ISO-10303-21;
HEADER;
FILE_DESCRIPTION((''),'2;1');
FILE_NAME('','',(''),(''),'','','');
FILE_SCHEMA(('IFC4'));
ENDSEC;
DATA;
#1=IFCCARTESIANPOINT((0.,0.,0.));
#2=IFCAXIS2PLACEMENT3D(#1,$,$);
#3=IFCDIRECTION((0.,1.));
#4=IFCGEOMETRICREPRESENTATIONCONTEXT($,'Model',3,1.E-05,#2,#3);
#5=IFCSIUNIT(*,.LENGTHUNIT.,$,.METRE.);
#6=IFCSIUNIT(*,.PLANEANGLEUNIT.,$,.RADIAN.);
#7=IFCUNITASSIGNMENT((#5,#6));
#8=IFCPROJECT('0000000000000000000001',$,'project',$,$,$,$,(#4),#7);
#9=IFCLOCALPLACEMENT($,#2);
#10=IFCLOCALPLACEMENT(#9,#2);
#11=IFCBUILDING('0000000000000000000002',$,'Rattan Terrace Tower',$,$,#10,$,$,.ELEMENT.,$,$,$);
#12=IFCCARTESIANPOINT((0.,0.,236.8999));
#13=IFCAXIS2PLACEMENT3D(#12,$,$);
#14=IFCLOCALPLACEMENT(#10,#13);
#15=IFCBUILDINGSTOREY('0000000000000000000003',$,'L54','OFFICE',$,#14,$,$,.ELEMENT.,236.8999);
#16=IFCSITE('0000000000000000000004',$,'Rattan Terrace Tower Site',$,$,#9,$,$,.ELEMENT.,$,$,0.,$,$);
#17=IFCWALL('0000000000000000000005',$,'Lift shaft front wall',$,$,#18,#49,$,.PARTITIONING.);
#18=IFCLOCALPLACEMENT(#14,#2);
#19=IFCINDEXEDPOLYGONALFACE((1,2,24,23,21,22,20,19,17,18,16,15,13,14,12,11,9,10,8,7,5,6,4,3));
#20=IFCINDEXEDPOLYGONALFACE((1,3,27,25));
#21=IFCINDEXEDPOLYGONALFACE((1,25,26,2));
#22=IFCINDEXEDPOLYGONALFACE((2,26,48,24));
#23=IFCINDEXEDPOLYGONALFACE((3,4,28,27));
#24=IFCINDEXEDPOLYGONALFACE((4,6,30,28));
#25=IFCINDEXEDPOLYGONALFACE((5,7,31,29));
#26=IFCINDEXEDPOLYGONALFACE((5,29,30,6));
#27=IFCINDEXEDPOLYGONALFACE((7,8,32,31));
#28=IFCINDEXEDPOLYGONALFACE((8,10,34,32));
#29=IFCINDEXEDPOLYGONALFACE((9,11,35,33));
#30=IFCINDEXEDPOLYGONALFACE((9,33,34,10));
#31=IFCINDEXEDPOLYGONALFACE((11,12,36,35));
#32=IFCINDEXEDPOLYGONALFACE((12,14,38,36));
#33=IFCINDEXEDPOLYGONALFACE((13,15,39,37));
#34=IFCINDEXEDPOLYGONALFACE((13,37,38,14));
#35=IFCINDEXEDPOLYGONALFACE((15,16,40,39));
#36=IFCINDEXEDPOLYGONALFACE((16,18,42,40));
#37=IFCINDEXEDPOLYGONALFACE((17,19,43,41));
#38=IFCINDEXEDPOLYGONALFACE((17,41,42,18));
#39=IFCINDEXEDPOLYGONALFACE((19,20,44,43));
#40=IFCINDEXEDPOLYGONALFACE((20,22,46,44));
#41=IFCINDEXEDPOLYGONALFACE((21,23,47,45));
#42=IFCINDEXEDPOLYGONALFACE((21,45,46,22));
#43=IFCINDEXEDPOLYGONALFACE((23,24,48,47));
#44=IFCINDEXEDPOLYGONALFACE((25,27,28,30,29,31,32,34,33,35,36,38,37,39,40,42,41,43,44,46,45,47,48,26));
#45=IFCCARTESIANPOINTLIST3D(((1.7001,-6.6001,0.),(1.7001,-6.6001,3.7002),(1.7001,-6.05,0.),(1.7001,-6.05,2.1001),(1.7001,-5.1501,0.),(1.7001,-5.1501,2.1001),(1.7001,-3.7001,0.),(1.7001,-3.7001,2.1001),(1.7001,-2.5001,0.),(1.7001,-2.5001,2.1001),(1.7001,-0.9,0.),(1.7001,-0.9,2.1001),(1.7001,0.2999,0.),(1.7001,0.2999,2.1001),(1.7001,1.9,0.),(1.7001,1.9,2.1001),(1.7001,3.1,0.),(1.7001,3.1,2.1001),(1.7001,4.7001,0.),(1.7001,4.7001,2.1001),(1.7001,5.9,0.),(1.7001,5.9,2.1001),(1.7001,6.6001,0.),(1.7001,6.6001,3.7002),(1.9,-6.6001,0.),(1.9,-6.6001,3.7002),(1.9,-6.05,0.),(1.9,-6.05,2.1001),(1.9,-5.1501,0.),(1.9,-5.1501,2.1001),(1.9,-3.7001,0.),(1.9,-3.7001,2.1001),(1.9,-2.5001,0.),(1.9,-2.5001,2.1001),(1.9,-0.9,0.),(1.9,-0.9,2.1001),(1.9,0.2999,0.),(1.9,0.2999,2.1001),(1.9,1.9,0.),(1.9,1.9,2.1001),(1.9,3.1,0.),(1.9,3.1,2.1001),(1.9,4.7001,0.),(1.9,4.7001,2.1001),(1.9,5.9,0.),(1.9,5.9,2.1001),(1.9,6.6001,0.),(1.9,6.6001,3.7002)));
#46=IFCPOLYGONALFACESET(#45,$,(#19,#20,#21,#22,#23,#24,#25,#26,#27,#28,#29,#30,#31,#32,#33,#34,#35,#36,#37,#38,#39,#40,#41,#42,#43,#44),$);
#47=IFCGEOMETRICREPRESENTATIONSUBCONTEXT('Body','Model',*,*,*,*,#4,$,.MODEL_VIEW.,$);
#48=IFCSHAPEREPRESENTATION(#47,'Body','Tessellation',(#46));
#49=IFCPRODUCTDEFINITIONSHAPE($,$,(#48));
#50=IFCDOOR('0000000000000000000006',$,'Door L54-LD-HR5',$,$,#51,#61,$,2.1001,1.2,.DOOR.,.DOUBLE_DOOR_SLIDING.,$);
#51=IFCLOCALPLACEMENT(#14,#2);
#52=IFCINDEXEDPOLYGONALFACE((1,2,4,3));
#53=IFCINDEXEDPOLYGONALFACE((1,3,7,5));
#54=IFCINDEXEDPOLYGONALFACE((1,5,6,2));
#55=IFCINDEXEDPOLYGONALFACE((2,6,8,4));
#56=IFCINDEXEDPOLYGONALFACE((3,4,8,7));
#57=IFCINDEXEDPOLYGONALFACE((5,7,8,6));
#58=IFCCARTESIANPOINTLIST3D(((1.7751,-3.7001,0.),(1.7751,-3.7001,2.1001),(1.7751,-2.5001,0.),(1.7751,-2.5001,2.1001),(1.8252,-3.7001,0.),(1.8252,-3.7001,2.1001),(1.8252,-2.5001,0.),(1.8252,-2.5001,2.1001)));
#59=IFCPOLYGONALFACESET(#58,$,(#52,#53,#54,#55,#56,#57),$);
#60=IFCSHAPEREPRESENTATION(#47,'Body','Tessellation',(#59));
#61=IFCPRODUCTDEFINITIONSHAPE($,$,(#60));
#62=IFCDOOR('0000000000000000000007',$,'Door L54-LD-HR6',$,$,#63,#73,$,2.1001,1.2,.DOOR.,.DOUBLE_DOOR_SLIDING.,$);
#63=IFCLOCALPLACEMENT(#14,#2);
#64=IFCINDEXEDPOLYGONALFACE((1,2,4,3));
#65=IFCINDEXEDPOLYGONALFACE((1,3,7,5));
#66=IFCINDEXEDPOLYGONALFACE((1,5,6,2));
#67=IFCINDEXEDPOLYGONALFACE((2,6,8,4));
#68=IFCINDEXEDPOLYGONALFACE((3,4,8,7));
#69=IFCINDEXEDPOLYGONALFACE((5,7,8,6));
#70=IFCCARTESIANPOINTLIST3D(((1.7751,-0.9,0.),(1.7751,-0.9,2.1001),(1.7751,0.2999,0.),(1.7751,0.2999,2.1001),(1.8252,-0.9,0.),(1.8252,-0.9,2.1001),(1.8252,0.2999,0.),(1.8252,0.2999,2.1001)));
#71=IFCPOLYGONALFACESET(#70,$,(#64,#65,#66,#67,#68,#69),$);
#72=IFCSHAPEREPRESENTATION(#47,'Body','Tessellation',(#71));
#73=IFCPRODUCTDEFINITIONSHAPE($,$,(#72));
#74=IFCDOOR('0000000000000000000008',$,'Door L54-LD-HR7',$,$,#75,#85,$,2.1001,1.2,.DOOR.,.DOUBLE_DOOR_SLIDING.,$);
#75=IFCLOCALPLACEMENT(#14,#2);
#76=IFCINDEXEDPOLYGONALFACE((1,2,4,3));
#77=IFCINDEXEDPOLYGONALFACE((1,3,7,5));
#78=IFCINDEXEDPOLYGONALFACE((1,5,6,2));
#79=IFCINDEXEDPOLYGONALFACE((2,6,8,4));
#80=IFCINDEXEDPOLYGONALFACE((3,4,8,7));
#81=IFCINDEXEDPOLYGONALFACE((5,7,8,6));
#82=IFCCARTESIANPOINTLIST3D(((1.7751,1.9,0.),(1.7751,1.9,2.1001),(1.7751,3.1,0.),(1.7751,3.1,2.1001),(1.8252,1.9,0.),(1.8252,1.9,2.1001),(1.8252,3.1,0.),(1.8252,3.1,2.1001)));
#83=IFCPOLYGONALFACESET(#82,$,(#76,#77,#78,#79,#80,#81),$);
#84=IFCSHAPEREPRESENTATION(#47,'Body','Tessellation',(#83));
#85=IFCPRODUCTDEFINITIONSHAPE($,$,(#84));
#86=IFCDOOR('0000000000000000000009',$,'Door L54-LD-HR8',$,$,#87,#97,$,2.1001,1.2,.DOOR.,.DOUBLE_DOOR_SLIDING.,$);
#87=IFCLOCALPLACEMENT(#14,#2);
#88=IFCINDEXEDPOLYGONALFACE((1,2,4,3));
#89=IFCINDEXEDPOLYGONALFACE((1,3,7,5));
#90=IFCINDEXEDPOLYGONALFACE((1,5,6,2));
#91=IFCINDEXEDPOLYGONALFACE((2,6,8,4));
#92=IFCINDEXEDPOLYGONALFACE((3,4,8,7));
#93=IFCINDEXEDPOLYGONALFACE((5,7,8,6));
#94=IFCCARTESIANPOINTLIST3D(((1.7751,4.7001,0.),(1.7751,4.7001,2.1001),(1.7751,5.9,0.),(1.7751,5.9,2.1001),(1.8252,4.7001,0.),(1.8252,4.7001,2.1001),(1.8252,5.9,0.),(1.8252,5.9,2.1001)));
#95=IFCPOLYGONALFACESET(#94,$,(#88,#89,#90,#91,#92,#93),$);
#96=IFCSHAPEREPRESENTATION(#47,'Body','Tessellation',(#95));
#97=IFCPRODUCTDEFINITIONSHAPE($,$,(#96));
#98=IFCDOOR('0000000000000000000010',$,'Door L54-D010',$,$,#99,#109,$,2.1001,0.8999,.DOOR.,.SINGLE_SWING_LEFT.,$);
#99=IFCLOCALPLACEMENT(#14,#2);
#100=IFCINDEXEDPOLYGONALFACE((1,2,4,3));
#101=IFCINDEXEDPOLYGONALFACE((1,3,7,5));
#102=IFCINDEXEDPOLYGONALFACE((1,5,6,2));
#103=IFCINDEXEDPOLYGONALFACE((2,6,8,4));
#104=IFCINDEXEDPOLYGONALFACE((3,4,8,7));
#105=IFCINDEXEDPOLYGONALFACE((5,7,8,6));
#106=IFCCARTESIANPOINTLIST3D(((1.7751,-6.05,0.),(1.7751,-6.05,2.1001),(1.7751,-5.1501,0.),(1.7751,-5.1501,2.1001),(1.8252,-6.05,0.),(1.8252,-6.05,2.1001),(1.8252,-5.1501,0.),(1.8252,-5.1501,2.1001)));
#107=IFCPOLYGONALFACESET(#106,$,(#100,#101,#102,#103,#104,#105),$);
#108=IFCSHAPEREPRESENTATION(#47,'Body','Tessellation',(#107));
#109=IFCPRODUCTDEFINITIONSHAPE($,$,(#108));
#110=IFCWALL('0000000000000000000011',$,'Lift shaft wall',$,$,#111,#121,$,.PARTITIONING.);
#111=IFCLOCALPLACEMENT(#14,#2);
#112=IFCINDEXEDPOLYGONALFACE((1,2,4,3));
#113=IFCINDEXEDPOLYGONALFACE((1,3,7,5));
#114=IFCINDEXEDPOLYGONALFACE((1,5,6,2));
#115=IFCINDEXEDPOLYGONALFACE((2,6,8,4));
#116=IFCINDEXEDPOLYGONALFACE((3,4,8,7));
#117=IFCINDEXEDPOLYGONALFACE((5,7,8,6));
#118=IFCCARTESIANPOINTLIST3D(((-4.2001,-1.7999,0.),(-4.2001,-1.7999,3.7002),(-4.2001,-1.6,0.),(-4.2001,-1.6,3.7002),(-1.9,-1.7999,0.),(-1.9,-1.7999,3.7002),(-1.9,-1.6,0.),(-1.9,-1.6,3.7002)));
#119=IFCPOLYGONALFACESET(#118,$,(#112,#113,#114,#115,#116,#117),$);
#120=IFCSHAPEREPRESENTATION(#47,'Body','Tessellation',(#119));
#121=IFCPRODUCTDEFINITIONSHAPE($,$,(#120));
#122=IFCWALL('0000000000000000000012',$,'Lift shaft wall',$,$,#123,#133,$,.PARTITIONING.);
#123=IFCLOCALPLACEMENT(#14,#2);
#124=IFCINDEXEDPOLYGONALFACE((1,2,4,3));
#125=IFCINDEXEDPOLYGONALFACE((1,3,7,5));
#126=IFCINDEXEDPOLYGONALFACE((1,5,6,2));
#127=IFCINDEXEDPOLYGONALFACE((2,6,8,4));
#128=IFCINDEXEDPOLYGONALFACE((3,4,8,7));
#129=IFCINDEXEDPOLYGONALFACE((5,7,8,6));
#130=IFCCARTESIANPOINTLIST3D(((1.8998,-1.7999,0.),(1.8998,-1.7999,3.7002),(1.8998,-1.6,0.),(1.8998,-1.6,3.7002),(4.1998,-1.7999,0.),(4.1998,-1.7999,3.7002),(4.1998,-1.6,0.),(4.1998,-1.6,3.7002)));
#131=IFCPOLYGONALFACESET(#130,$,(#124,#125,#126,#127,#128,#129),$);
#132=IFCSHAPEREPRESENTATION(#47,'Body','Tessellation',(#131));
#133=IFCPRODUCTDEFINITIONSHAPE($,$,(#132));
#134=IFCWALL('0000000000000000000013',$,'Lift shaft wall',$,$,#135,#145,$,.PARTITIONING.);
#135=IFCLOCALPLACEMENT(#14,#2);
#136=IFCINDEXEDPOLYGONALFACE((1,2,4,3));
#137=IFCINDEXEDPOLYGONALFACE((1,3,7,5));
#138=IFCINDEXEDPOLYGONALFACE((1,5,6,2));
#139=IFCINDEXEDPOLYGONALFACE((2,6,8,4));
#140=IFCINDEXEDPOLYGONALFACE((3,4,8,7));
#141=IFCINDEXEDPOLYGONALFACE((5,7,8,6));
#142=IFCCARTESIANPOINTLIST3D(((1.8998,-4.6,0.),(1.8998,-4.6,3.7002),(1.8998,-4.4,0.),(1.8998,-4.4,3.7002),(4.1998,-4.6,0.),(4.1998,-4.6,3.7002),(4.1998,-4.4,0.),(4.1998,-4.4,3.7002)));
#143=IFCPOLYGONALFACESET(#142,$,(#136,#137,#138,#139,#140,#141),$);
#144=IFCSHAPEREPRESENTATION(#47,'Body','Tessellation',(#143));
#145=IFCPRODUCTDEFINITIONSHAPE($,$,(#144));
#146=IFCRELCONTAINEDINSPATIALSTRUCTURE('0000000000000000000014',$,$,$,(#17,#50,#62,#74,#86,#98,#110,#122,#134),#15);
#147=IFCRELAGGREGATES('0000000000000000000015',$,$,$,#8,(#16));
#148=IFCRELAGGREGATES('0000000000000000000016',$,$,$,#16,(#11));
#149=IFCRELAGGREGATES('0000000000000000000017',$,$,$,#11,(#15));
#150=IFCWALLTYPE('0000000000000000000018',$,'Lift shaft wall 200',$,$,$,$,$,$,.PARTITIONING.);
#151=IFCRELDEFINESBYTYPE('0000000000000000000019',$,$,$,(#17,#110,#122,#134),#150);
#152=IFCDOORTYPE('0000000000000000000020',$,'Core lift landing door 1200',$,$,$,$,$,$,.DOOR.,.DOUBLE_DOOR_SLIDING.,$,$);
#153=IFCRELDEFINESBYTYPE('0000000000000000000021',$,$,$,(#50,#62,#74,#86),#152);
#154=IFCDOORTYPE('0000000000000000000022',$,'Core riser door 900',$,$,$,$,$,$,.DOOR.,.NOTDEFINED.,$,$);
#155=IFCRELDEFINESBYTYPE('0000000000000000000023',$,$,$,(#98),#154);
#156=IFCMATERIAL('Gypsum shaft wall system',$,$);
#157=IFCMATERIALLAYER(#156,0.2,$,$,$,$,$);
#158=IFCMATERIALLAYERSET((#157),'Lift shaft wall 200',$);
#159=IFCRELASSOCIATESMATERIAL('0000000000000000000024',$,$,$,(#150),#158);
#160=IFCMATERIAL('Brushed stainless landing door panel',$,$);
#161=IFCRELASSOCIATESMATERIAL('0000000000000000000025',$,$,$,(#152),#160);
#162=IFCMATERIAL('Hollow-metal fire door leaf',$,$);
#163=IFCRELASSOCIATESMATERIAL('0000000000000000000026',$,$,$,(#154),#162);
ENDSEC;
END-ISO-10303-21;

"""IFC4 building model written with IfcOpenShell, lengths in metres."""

from ifc_helpers import new_model, si_unit, direction, frame, frame_2d, origin, place, context, subcontext, project, spatial, rectangle, extrude, material, layer, layer_set, type_object, element, fill, save


model = new_model("IFC4")

# Units and contexts
model_context = context("Model", 3, precision=1e-05, world=origin(), true_north=direction((0.0, 1.0)))
body_context = subcontext(model_context, "Body", "Model", "MODEL_VIEW")
ifc_project = project(units=[si_unit("LENGTHUNIT", "METRE"), si_unit("PLANEANGLEUNIT", "RADIAN")], contexts=[model_context])

# Site, building, storey
site_placement = place(None, origin())
site = spatial("IfcSite", under=ifc_project, at=site_placement, Name="Rattan Terrace Tower Site", CompositionType="ELEMENT", RefElevation=0.0)
building_placement = place(site_placement, origin())
building = spatial("IfcBuilding", under=site, at=building_placement, Name="Rattan Terrace Tower", CompositionType="ELEMENT")
storey_placement = place(building_placement, frame((0.0, 0.0, 236.8999)))
storey = spatial("IfcBuildingStorey", under=building, at=storey_placement, Name="L54", Description="OFFICE", CompositionType="ELEMENT", Elevation=236.8999)

# Wall, openings, doors
ifc_material_1 = material(Name="Gypsum shaft wall system")
ifc_layer_1 = layer(ifc_material_1, 0.2)
ifc_layer_set_1 = layer_set([ifc_layer_1], Name="Lift shaft wall 200")
wall_type_1 = type_object("IfcWallType", Name="Lift shaft wall 200", PredefinedType="PARTITIONING", material=ifc_layer_set_1)
ifc_material_2 = material(Name="Brushed stainless landing door panel")
door_type_1 = type_object("IfcDoorType", Name="Core lift landing door 1200", OperationType="DOUBLE_DOOR_SLIDING", PredefinedType="DOOR", material=ifc_material_2)
ifc_material_3 = material(Name="Hollow-metal fire door leaf")
door_type_2 = type_object("IfcDoorType", Name="Core riser door 900", OperationType="NOTDEFINED", PredefinedType="DOOR", material=ifc_material_3)
wall_1_placement = place(storey_placement, frame((1.8, -6.6001, 0.0), z_axis=(0.0, 0.0, 1.0), x_axis=(0.0, 1.0, 0.0)))
wall_1 = element("IfcWall", 1, at=wall_1_placement, inside=storey, type_object=wall_type_1, Name="Lift shaft front wall", PredefinedType="PARTITIONING", context=body_context, shape_type="SweptSolid", body=[
    extrude(rectangle(XDim=13.2002, YDim=0.2, at=frame_2d((6.6001, 0.0))), origin(), (0.0, 0.0, 1.0), 3.7002),
])
opening_1_placement = place(wall_1_placement, frame((0.55, 0.0, 0.0)))
opening_1 = element("IfcOpeningElement", 2, at=opening_1_placement, cuts=wall_1, PredefinedType="OPENING", context=body_context, shape_type="SweptSolid", body=[
    extrude(rectangle(XDim=0.8999, YDim=2.1001, at=frame_2d((0.45, 1.05))), frame((0.0, 0.1106, 0.0), z_axis=(0.0, -1.0, 0.0), x_axis=(1.0, 0.0, 0.0)), (0.0, 0.0, 1.0), 0.2209),
])
opening_2_placement = place(wall_1_placement, frame((2.8999, 0.0, 0.0)))
opening_2 = element("IfcOpeningElement", 3, at=opening_2_placement, cuts=wall_1, PredefinedType="OPENING", context=body_context, shape_type="SweptSolid", body=[
    extrude(rectangle(XDim=1.2, YDim=2.1001, at=frame_2d((0.6001, 1.05))), frame((0.0, 0.1106, 0.0), z_axis=(0.0, -1.0, 0.0), x_axis=(1.0, 0.0, 0.0)), (0.0, 0.0, 1.0), 0.2209),
])
opening_3_placement = place(wall_1_placement, frame((5.7, 0.0, 0.0)))
opening_3 = element("IfcOpeningElement", 4, at=opening_3_placement, cuts=wall_1, PredefinedType="OPENING", context=body_context, shape_type="SweptSolid", body=[
    extrude(rectangle(XDim=1.2, YDim=2.1001, at=frame_2d((0.6001, 1.05))), frame((0.0, 0.1106, 0.0), z_axis=(0.0, -1.0, 0.0), x_axis=(1.0, 0.0, 0.0)), (0.0, 0.0, 1.0), 0.2209),
])
opening_4_placement = place(wall_1_placement, frame((8.5, 0.0, 0.0)))
opening_4 = element("IfcOpeningElement", 5, at=opening_4_placement, cuts=wall_1, PredefinedType="OPENING", context=body_context, shape_type="SweptSolid", body=[
    extrude(rectangle(XDim=1.2, YDim=2.1001, at=frame_2d((0.6001, 1.05))), frame((0.0, 0.1106, 0.0), z_axis=(0.0, -1.0, 0.0), x_axis=(1.0, 0.0, 0.0)), (0.0, 0.0, 1.0), 0.2209),
])
opening_5_placement = place(wall_1_placement, frame((11.3, 0.0, 0.0)))
opening_5 = element("IfcOpeningElement", 6, at=opening_5_placement, cuts=wall_1, PredefinedType="OPENING", context=body_context, shape_type="SweptSolid", body=[
    extrude(rectangle(XDim=1.2, YDim=2.1001, at=frame_2d((0.6001, 1.05))), frame((0.0, 0.1106, 0.0), z_axis=(0.0, -1.0, 0.0), x_axis=(1.0, 0.0, 0.0)), (0.0, 0.0, 1.0), 0.2209),
])
door_1_placement = place(opening_2_placement, origin())
door_1 = element("IfcDoor", 7, at=door_1_placement, inside=storey, type_object=door_type_1, Name="Door L54-LD-HR5", OperationType="DOUBLE_DOOR_SLIDING", OverallHeight=2.1001, OverallWidth=1.2, PredefinedType="DOOR", context=body_context, shape_type="SweptSolid", body=[
    extrude(rectangle(XDim=1.2, YDim=2.1001, at=frame_2d((0.6001, 1.05))), frame((0.0, 0.0249, 0.0), z_axis=(0.0, -1.0, 0.0), x_axis=(1.0, 0.0, 0.0)), (0.0, 0.0, 1.0), 0.05),
])
fill(opening_2, door_1)
door_2_placement = place(opening_3_placement, origin())
door_2 = element("IfcDoor", 8, at=door_2_placement, inside=storey, type_object=door_type_1, Name="Door L54-LD-HR6", OperationType="DOUBLE_DOOR_SLIDING", OverallHeight=2.1001, OverallWidth=1.2, PredefinedType="DOOR", context=body_context, shape_type="SweptSolid", body=[
    extrude(rectangle(XDim=1.2, YDim=2.1001, at=frame_2d((0.6001, 1.05))), frame((0.0, 0.0249, 0.0), z_axis=(0.0, -1.0, 0.0), x_axis=(1.0, 0.0, 0.0)), (0.0, 0.0, 1.0), 0.05),
])
fill(opening_3, door_2)
door_3_placement = place(opening_4_placement, origin())
door_3 = element("IfcDoor", 9, at=door_3_placement, inside=storey, type_object=door_type_1, Name="Door L54-LD-HR7", OperationType="DOUBLE_DOOR_SLIDING", OverallHeight=2.1001, OverallWidth=1.2, PredefinedType="DOOR", context=body_context, shape_type="SweptSolid", body=[
    extrude(rectangle(XDim=1.2, YDim=2.1001, at=frame_2d((0.6001, 1.05))), frame((0.0, 0.0249, 0.0), z_axis=(0.0, -1.0, 0.0), x_axis=(1.0, 0.0, 0.0)), (0.0, 0.0, 1.0), 0.05),
])
fill(opening_4, door_3)
door_4_placement = place(opening_5_placement, origin())
door_4 = element("IfcDoor", 10, at=door_4_placement, inside=storey, type_object=door_type_1, Name="Door L54-LD-HR8", OperationType="DOUBLE_DOOR_SLIDING", OverallHeight=2.1001, OverallWidth=1.2, PredefinedType="DOOR", context=body_context, shape_type="SweptSolid", body=[
    extrude(rectangle(XDim=1.2, YDim=2.1001, at=frame_2d((0.6001, 1.05))), frame((0.0, 0.0249, 0.0), z_axis=(0.0, -1.0, 0.0), x_axis=(1.0, 0.0, 0.0)), (0.0, 0.0, 1.0), 0.05),
])
fill(opening_5, door_4)
door_5_placement = place(opening_1_placement, origin())
door_5 = element("IfcDoor", 11, at=door_5_placement, inside=storey, type_object=door_type_2, Name="Door L54-D010", OperationType="SINGLE_SWING_LEFT", OverallHeight=2.1001, OverallWidth=0.8999, PredefinedType="DOOR", context=body_context, shape_type="SweptSolid", body=[
    extrude(rectangle(XDim=0.8999, YDim=2.1001, at=frame_2d((0.45, 1.05))), frame((0.0, 0.0249, 0.0), z_axis=(0.0, -1.0, 0.0), x_axis=(1.0, 0.0, 0.0)), (0.0, 0.0, 1.0), 0.05),
])
fill(opening_1, door_5)

# Walls
for number, where, z_axis, x_axis, name in (
    (12, (-4.2, -1.7, 0.0), (0.0, 0.0, 1.0), (1.0, 0.0, 0.0), "Lift shaft wall"),
    (13, (1.8999, -1.7, 0.0), (0.0, 0.0, 1.0), (1.0, 0.0, 0.0), "Lift shaft wall"),
    (14, (1.8999, -4.5, 0.0), (0.0, 0.0, 1.0), (1.0, 0.0, 0.0), "Lift shaft wall"),
):
    element("IfcWall", number, at=place(storey_placement, frame(where, z_axis=z_axis, x_axis=x_axis)), inside=storey, type_object=wall_type_1, Name=name, PredefinedType="PARTITIONING", context=body_context, shape_type="SweptSolid", body=[
        extrude(rectangle(XDim=2.3, YDim=0.2, at=frame_2d((1.1499, 0.0))), origin(), (0.0, 0.0, 1.0), 3.7002),
    ])

save(model, "model.ifc")
